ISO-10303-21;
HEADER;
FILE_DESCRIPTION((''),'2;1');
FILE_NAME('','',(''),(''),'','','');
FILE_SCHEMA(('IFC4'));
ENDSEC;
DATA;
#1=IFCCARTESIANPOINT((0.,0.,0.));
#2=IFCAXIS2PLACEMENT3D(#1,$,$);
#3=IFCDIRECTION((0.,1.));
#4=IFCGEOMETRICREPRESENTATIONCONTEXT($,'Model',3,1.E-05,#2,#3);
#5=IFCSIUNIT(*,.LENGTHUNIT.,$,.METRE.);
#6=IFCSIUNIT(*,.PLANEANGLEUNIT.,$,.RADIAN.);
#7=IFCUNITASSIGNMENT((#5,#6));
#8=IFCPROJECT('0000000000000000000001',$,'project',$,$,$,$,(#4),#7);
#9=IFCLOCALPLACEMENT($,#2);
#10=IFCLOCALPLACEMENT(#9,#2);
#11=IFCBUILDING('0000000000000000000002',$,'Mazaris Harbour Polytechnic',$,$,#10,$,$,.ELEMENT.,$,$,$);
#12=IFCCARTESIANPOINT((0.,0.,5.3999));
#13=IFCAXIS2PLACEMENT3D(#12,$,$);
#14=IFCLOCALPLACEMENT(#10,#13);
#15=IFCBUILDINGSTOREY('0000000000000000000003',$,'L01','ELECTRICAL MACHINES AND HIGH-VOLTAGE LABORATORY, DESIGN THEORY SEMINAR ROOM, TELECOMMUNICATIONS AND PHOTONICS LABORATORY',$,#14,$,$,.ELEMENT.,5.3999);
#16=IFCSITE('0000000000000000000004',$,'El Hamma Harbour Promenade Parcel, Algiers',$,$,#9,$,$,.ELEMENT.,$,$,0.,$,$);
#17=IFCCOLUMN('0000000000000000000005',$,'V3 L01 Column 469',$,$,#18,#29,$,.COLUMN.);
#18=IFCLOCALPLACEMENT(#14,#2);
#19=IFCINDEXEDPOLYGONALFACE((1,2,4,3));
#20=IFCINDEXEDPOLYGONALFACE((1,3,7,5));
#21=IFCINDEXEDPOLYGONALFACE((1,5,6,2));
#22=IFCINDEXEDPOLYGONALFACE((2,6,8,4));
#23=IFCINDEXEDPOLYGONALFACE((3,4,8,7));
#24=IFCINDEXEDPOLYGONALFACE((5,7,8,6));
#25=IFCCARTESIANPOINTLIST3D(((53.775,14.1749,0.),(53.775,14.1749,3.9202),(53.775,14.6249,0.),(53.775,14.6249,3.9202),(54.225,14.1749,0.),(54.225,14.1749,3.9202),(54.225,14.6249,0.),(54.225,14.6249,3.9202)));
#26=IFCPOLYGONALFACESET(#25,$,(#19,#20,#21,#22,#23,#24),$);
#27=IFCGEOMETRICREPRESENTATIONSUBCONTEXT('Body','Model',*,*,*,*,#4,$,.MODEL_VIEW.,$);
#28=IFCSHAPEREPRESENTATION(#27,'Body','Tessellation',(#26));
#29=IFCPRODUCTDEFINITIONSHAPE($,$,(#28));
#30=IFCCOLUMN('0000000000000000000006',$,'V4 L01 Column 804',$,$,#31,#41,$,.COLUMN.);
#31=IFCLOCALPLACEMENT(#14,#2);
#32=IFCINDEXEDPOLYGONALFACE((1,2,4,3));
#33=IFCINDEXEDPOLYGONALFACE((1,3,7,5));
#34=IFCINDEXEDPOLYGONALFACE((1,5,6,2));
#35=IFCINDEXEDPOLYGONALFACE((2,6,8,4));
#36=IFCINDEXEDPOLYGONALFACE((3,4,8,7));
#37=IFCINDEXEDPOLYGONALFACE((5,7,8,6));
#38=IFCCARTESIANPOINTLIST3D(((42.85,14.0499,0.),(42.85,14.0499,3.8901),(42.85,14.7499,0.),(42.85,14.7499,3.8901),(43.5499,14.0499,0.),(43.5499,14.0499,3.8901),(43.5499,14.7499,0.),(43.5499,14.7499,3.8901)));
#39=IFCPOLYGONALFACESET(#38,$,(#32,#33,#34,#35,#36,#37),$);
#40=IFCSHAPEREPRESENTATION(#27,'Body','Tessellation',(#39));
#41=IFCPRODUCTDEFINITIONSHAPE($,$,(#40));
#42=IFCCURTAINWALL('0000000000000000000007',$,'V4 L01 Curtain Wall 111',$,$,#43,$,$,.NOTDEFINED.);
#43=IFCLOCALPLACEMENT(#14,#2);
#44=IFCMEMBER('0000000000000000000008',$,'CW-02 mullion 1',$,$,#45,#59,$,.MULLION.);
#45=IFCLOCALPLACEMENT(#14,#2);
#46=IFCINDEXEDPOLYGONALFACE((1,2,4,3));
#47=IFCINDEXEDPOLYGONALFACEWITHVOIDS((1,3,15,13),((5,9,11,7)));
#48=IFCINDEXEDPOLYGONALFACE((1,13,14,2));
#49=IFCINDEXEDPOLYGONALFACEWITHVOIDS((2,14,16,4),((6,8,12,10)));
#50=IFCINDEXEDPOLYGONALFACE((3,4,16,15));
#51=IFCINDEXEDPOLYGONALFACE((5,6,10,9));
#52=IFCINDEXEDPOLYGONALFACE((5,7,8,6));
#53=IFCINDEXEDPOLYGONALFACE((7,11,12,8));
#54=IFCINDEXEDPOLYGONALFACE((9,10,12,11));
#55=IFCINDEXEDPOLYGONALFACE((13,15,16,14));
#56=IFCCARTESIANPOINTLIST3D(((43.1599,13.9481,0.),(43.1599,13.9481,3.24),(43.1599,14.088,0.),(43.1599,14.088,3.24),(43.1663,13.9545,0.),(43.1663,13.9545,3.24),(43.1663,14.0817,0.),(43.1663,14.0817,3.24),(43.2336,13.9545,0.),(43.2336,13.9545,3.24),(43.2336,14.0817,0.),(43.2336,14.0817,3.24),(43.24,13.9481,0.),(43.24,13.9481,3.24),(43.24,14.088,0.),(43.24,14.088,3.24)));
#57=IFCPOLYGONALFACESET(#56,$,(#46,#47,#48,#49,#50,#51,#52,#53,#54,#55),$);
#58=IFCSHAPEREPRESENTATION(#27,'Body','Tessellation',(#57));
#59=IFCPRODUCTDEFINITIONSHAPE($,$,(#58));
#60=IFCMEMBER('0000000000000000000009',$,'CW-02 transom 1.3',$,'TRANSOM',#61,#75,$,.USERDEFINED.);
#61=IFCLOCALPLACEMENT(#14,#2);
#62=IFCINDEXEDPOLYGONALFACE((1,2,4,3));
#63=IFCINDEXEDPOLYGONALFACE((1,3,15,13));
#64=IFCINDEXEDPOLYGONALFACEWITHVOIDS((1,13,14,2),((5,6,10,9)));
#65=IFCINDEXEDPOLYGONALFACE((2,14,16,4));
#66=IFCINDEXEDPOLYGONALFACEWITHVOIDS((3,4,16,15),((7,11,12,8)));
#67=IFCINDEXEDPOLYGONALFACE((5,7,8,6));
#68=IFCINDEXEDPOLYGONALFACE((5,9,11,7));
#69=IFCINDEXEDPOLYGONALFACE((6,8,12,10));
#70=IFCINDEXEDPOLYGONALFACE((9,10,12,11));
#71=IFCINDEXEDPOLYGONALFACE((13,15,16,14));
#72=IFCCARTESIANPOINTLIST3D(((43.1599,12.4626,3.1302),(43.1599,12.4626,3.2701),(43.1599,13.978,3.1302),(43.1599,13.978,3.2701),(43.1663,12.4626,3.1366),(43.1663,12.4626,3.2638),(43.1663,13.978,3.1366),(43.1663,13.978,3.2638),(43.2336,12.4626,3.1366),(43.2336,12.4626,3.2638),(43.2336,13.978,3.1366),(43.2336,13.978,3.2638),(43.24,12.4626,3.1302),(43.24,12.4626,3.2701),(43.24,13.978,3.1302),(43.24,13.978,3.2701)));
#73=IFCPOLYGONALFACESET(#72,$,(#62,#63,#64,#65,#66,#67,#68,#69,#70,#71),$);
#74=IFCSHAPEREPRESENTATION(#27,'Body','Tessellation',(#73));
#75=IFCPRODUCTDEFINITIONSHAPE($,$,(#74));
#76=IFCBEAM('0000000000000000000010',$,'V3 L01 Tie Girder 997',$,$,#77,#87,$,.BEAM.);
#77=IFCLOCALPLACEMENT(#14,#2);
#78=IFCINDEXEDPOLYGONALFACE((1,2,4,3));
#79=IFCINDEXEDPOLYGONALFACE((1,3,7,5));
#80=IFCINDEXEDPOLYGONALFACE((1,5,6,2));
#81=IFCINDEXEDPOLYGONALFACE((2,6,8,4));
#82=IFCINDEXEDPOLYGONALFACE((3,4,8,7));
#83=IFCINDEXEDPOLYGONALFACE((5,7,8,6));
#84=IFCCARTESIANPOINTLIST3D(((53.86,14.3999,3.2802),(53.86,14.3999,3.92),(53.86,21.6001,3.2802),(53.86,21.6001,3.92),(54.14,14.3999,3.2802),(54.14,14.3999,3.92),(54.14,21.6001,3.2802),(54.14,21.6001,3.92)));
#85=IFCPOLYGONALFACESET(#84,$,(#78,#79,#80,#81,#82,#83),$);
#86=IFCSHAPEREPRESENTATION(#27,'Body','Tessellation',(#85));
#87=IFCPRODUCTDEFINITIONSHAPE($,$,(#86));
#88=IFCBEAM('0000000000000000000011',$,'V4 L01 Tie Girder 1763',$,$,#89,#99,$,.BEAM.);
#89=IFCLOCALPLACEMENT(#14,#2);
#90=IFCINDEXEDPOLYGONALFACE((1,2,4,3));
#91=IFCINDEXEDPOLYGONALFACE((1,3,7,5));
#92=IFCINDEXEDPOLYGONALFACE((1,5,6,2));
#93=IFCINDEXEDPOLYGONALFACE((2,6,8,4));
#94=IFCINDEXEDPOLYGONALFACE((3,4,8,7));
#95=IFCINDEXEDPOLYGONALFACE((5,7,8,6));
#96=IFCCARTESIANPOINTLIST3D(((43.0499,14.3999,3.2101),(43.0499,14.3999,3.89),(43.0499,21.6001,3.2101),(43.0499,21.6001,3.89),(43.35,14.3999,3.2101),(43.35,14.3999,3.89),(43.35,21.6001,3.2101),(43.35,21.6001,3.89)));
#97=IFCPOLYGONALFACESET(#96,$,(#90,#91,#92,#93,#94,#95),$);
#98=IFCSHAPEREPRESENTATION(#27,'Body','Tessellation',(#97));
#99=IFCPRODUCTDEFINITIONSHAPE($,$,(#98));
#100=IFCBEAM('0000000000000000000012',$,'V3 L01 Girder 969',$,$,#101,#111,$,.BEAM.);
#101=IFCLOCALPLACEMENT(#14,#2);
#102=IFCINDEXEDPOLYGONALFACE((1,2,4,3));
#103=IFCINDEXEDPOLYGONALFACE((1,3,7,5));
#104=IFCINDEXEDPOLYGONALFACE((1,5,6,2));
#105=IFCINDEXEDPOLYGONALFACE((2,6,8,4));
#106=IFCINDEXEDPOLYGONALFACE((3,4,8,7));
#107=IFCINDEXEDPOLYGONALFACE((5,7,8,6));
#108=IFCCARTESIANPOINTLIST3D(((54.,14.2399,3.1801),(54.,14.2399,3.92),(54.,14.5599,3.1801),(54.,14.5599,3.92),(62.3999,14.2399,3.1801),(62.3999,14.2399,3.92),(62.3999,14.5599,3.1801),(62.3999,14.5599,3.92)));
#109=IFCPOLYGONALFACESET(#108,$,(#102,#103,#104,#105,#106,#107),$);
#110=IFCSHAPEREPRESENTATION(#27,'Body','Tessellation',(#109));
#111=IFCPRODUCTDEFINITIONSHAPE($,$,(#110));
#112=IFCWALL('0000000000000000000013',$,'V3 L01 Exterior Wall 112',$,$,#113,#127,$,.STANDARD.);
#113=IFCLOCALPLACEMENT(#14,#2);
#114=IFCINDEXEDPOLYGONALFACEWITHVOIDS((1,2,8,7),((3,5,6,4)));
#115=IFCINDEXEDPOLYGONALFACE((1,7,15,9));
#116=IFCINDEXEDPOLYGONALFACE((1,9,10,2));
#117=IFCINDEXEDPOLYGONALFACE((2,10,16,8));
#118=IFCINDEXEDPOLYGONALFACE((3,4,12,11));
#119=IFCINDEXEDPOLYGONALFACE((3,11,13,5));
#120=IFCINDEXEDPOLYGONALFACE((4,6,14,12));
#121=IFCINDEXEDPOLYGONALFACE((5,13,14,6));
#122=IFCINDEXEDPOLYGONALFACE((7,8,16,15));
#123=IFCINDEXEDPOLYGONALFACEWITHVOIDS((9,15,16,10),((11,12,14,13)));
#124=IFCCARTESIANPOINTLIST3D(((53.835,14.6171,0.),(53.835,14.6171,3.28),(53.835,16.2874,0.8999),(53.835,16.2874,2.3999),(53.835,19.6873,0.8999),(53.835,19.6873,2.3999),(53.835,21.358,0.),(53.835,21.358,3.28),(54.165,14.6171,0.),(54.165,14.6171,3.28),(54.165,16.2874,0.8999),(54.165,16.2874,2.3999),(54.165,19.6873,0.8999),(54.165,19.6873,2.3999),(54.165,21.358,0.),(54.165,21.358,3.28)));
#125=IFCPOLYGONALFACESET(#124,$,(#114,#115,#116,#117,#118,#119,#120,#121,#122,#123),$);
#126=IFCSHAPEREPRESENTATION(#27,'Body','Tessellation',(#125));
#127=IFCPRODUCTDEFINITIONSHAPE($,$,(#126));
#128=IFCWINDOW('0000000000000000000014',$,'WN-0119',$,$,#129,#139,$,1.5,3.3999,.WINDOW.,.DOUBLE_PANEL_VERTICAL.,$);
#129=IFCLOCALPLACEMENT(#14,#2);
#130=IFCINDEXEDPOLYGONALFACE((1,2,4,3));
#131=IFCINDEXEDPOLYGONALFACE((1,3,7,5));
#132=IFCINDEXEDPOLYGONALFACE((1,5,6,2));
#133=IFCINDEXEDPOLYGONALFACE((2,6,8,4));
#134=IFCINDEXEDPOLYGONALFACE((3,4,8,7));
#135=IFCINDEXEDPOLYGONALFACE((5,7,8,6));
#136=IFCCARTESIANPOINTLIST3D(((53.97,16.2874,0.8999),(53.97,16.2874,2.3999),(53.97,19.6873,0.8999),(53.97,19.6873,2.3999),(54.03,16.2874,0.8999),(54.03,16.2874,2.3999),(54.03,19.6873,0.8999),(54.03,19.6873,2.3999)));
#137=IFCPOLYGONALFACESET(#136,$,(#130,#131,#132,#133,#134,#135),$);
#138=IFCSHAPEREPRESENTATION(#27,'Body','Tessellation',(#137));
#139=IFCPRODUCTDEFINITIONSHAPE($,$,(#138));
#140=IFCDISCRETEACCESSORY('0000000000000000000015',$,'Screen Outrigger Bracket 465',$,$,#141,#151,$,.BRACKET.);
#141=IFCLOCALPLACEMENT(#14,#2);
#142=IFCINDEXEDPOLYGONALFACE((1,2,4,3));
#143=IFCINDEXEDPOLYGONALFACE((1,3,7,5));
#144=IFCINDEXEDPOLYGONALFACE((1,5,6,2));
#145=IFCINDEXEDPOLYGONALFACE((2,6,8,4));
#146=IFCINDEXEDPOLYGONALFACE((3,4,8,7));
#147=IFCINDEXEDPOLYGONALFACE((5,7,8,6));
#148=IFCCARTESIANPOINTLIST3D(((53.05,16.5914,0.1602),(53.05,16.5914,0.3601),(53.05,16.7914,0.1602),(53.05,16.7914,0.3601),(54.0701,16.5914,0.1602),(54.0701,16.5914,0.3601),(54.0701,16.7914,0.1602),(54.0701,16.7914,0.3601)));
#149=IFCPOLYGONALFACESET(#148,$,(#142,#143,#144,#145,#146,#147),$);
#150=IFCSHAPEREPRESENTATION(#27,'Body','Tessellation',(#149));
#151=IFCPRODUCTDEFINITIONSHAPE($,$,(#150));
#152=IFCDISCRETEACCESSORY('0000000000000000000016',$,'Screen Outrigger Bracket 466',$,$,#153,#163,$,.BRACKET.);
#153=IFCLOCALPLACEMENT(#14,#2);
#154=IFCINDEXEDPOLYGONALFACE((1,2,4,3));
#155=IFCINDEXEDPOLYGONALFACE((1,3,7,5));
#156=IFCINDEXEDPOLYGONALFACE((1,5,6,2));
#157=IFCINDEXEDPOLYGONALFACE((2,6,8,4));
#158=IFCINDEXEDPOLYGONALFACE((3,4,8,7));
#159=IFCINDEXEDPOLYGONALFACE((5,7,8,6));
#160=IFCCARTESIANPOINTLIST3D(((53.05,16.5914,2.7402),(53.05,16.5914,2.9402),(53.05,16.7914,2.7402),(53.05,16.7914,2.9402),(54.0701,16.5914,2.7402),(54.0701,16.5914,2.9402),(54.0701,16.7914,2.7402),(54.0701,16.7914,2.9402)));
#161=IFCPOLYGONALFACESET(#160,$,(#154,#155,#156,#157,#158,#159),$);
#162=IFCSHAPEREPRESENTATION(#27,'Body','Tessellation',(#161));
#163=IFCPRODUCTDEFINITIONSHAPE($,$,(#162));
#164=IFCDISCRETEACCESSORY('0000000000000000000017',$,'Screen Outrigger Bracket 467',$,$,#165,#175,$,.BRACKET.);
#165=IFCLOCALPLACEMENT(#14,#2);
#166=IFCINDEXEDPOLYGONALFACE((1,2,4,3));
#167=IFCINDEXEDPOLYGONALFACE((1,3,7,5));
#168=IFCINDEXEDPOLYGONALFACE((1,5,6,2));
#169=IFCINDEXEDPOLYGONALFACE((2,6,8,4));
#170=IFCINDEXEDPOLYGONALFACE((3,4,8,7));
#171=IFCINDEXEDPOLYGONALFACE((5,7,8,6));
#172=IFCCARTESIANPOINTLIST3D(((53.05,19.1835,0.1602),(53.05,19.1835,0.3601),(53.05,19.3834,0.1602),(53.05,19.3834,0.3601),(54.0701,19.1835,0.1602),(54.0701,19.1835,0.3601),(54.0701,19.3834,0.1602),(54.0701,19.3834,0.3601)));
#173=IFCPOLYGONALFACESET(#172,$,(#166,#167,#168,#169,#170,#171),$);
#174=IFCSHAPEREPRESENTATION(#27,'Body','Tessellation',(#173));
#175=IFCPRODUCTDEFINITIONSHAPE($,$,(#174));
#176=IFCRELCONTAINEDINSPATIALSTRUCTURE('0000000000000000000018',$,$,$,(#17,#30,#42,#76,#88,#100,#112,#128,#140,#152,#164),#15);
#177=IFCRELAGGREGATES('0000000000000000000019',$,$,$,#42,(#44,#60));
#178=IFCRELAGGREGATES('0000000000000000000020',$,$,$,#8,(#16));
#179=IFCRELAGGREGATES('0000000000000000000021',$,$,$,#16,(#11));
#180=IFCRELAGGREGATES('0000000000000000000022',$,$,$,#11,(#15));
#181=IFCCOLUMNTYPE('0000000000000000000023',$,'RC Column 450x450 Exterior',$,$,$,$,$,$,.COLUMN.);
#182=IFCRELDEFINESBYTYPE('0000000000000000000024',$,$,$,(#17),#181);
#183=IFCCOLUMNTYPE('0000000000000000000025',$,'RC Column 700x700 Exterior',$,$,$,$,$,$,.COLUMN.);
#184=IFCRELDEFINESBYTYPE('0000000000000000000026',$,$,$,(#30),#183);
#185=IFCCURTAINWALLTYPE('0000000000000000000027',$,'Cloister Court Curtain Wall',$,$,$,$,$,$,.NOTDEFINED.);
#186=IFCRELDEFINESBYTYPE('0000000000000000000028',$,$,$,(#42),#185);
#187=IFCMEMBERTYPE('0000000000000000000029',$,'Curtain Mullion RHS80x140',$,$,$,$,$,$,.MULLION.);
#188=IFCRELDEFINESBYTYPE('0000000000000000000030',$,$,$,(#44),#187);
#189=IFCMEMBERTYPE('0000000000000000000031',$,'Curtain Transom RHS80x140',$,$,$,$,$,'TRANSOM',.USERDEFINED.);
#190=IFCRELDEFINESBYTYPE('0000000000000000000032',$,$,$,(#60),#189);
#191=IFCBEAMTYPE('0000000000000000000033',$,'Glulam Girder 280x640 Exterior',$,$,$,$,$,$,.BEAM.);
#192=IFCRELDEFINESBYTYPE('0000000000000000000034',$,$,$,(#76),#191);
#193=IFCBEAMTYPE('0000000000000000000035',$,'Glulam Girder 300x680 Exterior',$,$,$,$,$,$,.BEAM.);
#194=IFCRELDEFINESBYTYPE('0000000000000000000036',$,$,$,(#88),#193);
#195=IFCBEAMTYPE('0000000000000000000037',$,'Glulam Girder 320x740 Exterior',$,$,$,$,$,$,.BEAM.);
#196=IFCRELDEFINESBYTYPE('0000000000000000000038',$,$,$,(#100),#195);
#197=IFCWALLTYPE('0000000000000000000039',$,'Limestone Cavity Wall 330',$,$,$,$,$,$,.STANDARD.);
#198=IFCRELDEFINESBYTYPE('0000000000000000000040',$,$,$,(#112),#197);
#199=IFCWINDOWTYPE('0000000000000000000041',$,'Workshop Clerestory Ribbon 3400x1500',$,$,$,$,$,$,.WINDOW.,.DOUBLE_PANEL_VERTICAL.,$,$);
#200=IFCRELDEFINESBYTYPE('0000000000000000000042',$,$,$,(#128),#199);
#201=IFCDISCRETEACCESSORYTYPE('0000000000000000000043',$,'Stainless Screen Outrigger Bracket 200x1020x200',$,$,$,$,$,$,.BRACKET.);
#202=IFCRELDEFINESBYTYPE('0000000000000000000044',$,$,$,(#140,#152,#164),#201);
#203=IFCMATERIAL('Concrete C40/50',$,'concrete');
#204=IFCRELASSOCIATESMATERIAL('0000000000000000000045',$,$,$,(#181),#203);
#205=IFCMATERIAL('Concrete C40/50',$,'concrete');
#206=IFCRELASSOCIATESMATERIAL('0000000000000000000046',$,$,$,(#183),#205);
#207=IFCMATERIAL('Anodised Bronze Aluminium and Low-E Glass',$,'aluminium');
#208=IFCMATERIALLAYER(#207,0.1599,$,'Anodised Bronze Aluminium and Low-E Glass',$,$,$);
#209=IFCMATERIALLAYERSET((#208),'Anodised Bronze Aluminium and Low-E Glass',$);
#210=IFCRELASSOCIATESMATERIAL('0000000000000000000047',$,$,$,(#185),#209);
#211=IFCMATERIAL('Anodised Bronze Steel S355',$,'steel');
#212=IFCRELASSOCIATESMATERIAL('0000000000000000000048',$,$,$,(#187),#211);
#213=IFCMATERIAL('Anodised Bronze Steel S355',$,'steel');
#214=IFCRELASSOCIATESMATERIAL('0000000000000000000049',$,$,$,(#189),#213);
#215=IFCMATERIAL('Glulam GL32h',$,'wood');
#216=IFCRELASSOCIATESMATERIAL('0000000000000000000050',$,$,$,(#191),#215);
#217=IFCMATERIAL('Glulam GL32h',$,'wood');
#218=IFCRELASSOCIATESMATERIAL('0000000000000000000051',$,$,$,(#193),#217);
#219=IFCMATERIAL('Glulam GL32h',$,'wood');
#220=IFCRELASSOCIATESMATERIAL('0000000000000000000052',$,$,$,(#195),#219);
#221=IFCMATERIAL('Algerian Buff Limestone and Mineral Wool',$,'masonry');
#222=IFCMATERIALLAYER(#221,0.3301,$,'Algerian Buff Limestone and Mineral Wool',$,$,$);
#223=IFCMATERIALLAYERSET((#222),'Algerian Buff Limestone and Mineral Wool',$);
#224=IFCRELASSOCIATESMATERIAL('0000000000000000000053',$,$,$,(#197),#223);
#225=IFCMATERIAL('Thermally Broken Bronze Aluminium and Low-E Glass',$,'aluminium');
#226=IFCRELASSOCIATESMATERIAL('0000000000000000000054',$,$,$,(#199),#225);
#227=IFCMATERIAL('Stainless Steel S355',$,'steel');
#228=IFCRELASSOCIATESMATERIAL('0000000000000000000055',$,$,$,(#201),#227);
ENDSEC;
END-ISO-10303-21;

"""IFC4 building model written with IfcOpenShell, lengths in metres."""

from ifc_helpers import new_model, si_unit, direction, frame, frame_2d, origin, origin_2d, place, context, subcontext, project, spatial, rectangle, hollow_rectangle, extrude, material, layer, layer_set, material_profile, profile_set, type_object, element, fill, aggregate, save


model = new_model("IFC4")

# Units and contexts
model_context = context("Model", 3, precision=1e-05, world=origin(), true_north=direction((0.0, 1.0)))
body_context = subcontext(model_context, "Body", "Model", "MODEL_VIEW")
ifc_project = project(units=[si_unit("LENGTHUNIT", "METRE"), si_unit("PLANEANGLEUNIT", "RADIAN")], contexts=[model_context])

# Site, building, storey
site_placement = place(None, origin())
site = spatial("IfcSite", under=ifc_project, at=site_placement, Name="El Hamma Harbour Promenade Parcel, Algiers", CompositionType="ELEMENT", RefElevation=0.0)
building_placement = place(site_placement, origin())
building = spatial("IfcBuilding", under=site, at=building_placement, Name="Mazaris Harbour Polytechnic", CompositionType="ELEMENT")
storey_placement = place(building_placement, frame((0.0, 0.0, 5.3999)))
storey = spatial("IfcBuildingStorey", under=building, at=storey_placement, Name="L01", Description="ELECTRICAL MACHINES AND HIGH-VOLTAGE LABORATORY, DESIGN THEORY SEMINAR ROOM, TELECOMMUNICATIONS AND PHOTONICS LABORATORY", CompositionType="ELEMENT", Elevation=5.3999)

# Columns
ifc_material_1 = material(Name="Concrete C40/50", Category="concrete")
ifc_material_profile_1 = material_profile(ifc_material_1, rectangle(XDim=0.45, YDim=0.45, at=origin_2d()), Name="RECT450x450")
ifc_profile_set_1 = profile_set([ifc_material_profile_1], Name="Concrete C40/50")
column_type_1 = type_object("IfcColumnType", Name="RC Column 450x450 Exterior", PredefinedType="COLUMN", material=ifc_profile_set_1)
column_1_placement = place(storey_placement, frame((54.0, 14.3999, 0.0), z_axis=(0.0, 0.0, 1.0), x_axis=(1.0, 0.0, 0.0)))
element("IfcColumn", 1, at=column_1_placement, inside=storey, type_object=column_type_1, Name="V3 L01 Column 469", PredefinedType="COLUMN", context=body_context, shape_type="SweptSolid", body=[
    extrude(rectangle(XDim=0.45, YDim=0.45, at=origin_2d()), origin(), (0.0, 0.0, 1.0), 3.9202),
])
ifc_material_2 = material(Name="Concrete C40/50", Category="concrete")
ifc_material_profile_2 = material_profile(ifc_material_2, rectangle(XDim=0.7, YDim=0.7, at=origin_2d()), Name="RECT700x700")
ifc_profile_set_2 = profile_set([ifc_material_profile_2], Name="Concrete C40/50")
column_type_2 = type_object("IfcColumnType", Name="RC Column 700x700 Exterior", PredefinedType="COLUMN", material=ifc_profile_set_2)
column_2_placement = place(storey_placement, frame((43.2, 14.3999, 0.0), z_axis=(0.0, 0.0, 1.0), x_axis=(1.0, 0.0, 0.0)))
element("IfcColumn", 2, at=column_2_placement, inside=storey, type_object=column_type_2, Name="V4 L01 Column 804", PredefinedType="COLUMN", context=body_context, shape_type="SweptSolid", body=[
    extrude(rectangle(XDim=0.7, YDim=0.7, at=origin_2d()), origin(), (0.0, 0.0, 1.0), 3.8901),
])

# Curtain wall, members
ifc_material_3 = material(Name="Anodised Bronze Aluminium and Low-E Glass", Category="aluminium")
ifc_layer_1 = layer(ifc_material_3, 0.1599, Name="Anodised Bronze Aluminium and Low-E Glass")
ifc_layer_set_1 = layer_set([ifc_layer_1], Name="Anodised Bronze Aluminium and Low-E Glass")
curtain_wall_type = type_object("IfcCurtainWallType", Name="Cloister Court Curtain Wall", PredefinedType="NOTDEFINED", material=ifc_layer_set_1)
curtain_wall_placement = place(storey_placement, origin())
curtain_wall = element("IfcCurtainWall", 3, at=curtain_wall_placement, inside=storey, type_object=curtain_wall_type, Name="V4 L01 Curtain Wall 111", PredefinedType="NOTDEFINED")
ifc_material_4 = material(Name="Anodised Bronze Steel S355", Category="steel")
ifc_material_profile_3 = material_profile(ifc_material_4, hollow_rectangle(XDim=0.0801, YDim=0.1399, WallThickness=0.0063, at=origin_2d()), Name="RHS 80x140x6.3")
ifc_profile_set_3 = profile_set([ifc_material_profile_3], Name="Anodised Bronze Steel S355")
member_type_1 = type_object("IfcMemberType", Name="Curtain Mullion RHS80x140", PredefinedType="MULLION", material=ifc_profile_set_3)
member_1_placement = place(storey_placement, frame((43.2, 14.0181, 0.0), z_axis=(0.0, 0.0, 1.0), x_axis=(1.0, 0.0, 0.0)))
member_1 = element("IfcMember", 4, at=member_1_placement, type_object=member_type_1, Name="CW-02 mullion 1", PredefinedType="MULLION", context=body_context, shape_type="SweptSolid", body=[
    extrude(hollow_rectangle(XDim=0.0801, YDim=0.1399, WallThickness=0.0063, at=origin_2d()), origin(), (0.0, 0.0, 1.0), 3.24),
])
ifc_material_5 = material(Name="Anodised Bronze Steel S355", Category="steel")
ifc_material_profile_4 = material_profile(ifc_material_5, hollow_rectangle(XDim=0.0801, YDim=0.1399, WallThickness=0.0063, at=origin_2d()), Name="RHS 80x140x6.3")
ifc_profile_set_4 = profile_set([ifc_material_profile_4], Name="Anodised Bronze Steel S355")
member_type_2 = type_object("IfcMemberType", Name="Curtain Transom RHS80x140", ElementType="TRANSOM", PredefinedType="USERDEFINED", material=ifc_profile_set_4)
member_2_placement = place(storey_placement, frame((43.2, 13.978, 3.2002), z_axis=(0.0, -1.0, 0.0), x_axis=(1.0, 0.0, 0.0)))
member_2 = element("IfcMember", 5, at=member_2_placement, type_object=member_type_2, Name="CW-02 transom 1.3", ObjectType="TRANSOM", PredefinedType="USERDEFINED", context=body_context, shape_type="SweptSolid", body=[
    extrude(hollow_rectangle(XDim=0.0801, YDim=0.1399, WallThickness=0.0063, at=origin_2d()), origin(), (0.0, 0.0, 1.0), 1.5154),
])
aggregate(curtain_wall, [member_1, member_2])

# Beams
ifc_material_6 = material(Name="Glulam GL32h", Category="wood")
ifc_material_profile_5 = material_profile(ifc_material_6, rectangle(XDim=0.28, YDim=0.6399, at=origin_2d()), Name="RECT280x640")
ifc_profile_set_5 = profile_set([ifc_material_profile_5], Name="Glulam GL32h")
beam_type_1 = type_object("IfcBeamType", Name="Glulam Girder 280x640 Exterior", PredefinedType="BEAM", material=ifc_profile_set_5)
beam_1_placement = place(storey_placement, frame((54.0, 14.3999, 3.6001), z_axis=(0.0, 1.0, 0.0), x_axis=(-1.0, 0.0, 0.0)))
element("IfcBeam", 6, at=beam_1_placement, inside=storey, type_object=beam_type_1, Name="V3 L01 Tie Girder 997", PredefinedType="BEAM", context=body_context, shape_type="SweptSolid", body=[
    extrude(rectangle(XDim=0.28, YDim=0.6399, at=origin_2d()), origin(), (0.0, 0.0, 1.0), 7.2002),
])
ifc_material_7 = material(Name="Glulam GL32h", Category="wood")
ifc_material_profile_6 = material_profile(ifc_material_7, rectangle(XDim=0.3, YDim=0.6799, at=origin_2d()), Name="RECT300x680")
ifc_profile_set_6 = profile_set([ifc_material_profile_6], Name="Glulam GL32h")
beam_type_2 = type_object("IfcBeamType", Name="Glulam Girder 300x680 Exterior", PredefinedType="BEAM", material=ifc_profile_set_6)
beam_2_placement = place(storey_placement, frame((43.2, 14.3999, 3.55), z_axis=(0.0, 1.0, 0.0), x_axis=(-1.0, 0.0, 0.0)))
element("IfcBeam", 7, at=beam_2_placement, inside=storey, type_object=beam_type_2, Name="V4 L01 Tie Girder 1763", PredefinedType="BEAM", context=body_context, shape_type="SweptSolid", body=[
    extrude(rectangle(XDim=0.3, YDim=0.6799, at=origin_2d()), origin(), (0.0, 0.0, 1.0), 7.2002),
])
ifc_material_8 = material(Name="Glulam GL32h", Category="wood")
ifc_material_profile_7 = material_profile(ifc_material_8, rectangle(XDim=0.3201, YDim=0.74, at=origin_2d()), Name="RECT320x740")
ifc_profile_set_7 = profile_set([ifc_material_profile_7], Name="Glulam GL32h")
beam_type_3 = type_object("IfcBeamType", Name="Glulam Girder 320x740 Exterior", PredefinedType="BEAM", material=ifc_profile_set_7)
beam_3_placement = place(storey_placement, frame((54.0, 14.3999, 3.55), z_axis=(1.0, 0.0, 0.0), x_axis=(0.0, 1.0, 0.0)))
element("IfcBeam", 8, at=beam_3_placement, inside=storey, type_object=beam_type_3, Name="V3 L01 Girder 969", PredefinedType="BEAM", context=body_context, shape_type="SweptSolid", body=[
    extrude(rectangle(XDim=0.3201, YDim=0.74, at=origin_2d()), origin(), (0.0, 0.0, 1.0), 8.3999),
])

# Wall, opening, window
ifc_material_9 = material(Name="Algerian Buff Limestone and Mineral Wool", Category="masonry")
ifc_layer_2 = layer(ifc_material_9, 0.3301, Name="Algerian Buff Limestone and Mineral Wool")
ifc_layer_set_2 = layer_set([ifc_layer_2], Name="Algerian Buff Limestone and Mineral Wool")
wall_type = type_object("IfcWallType", Name="Limestone Cavity Wall 330", PredefinedType="STANDARD", material=ifc_layer_set_2)
wall_placement = place(storey_placement, frame((54.0, 14.6169, 0.0), z_axis=(0.0, 0.0, 1.0), x_axis=(0.0, 1.0, 0.0)))
wall = element("IfcWall", 9, at=wall_placement, inside=storey, type_object=wall_type, Name="V3 L01 Exterior Wall 112", PredefinedType="STANDARD", context=body_context, shape_type="SweptSolid", body=[
    extrude(rectangle(XDim=6.741, YDim=0.3301, at=frame_2d((3.3706, 0.0))), origin(), (0.0, 0.0, 1.0), 3.28),
])
opening_placement = place(wall_placement, frame((1.6704, 0.0, 0.8999)))
opening = element("IfcOpeningElement", 10, at=opening_placement, cuts=wall, PredefinedType="OPENING", context=body_context, shape_type="SweptSolid", body=[
    extrude(rectangle(XDim=3.3999, YDim=1.5, at=frame_2d((1.7, 0.75))), frame((0.0, 0.175, 0.0), z_axis=(0.0, -1.0, 0.0), x_axis=(1.0, 0.0, 0.0)), (0.0, 0.0, 1.0), 0.3501),
])
ifc_material_10 = material(Name="Thermally Broken Bronze Aluminium and Low-E Glass", Category="aluminium")
window_type = type_object("IfcWindowType", Name="Workshop Clerestory Ribbon 3400x1500", PartitioningType="DOUBLE_PANEL_VERTICAL", PredefinedType="WINDOW", material=ifc_material_10)
window_placement = place(opening_placement, origin())
window = element("IfcWindow", 11, at=window_placement, inside=storey, type_object=window_type, Name="WN-0119", OverallHeight=1.5, OverallWidth=3.3999, PartitioningType="DOUBLE_PANEL_VERTICAL", PredefinedType="WINDOW", context=body_context, shape_type="SweptSolid", body=[
    extrude(rectangle(XDim=3.3999, YDim=1.5, at=frame_2d((1.7, 0.75))), frame((0.0, 0.03, 0.0), z_axis=(0.0, -1.0, 0.0), x_axis=(1.0, 0.0, 0.0)), (0.0, 0.0, 1.0), 0.0601),
])
fill(opening, window)

# Discrete accessories
ifc_material_11 = material(Name="Stainless Steel S355", Category="steel")
discrete_accessory_type = type_object("IfcDiscreteAccessoryType", Name="Stainless Screen Outrigger Bracket 200x1020x200", PredefinedType="BRACKET", material=ifc_material_11)
for number, where, z_axis, x_axis, name in (
    (12, (53.5601, 16.6914, 0.1602), (0.0, 0.0, 1.0), (0.0, 1.0, 0.0), "Screen Outrigger Bracket 465"),
    (13, (53.5601, 16.6914, 2.7402), (0.0, 0.0, 1.0), (0.0, 1.0, 0.0), "Screen Outrigger Bracket 466"),
    (14, (53.5601, 19.2834, 0.1602), (0.0, 0.0, 1.0), (0.0, 1.0, 0.0), "Screen Outrigger Bracket 467"),
):
    element("IfcDiscreteAccessory", number, at=place(storey_placement, frame(where, z_axis=z_axis, x_axis=x_axis)), inside=storey, type_object=discrete_accessory_type, Name=name, PredefinedType="BRACKET", context=body_context, shape_type="SweptSolid", body=[
        extrude(rectangle(XDim=0.2, YDim=1.02, at=origin_2d()), origin(), (0.0, 0.0, 1.0), 0.2),
    ])

save(model, "model.ifc")
